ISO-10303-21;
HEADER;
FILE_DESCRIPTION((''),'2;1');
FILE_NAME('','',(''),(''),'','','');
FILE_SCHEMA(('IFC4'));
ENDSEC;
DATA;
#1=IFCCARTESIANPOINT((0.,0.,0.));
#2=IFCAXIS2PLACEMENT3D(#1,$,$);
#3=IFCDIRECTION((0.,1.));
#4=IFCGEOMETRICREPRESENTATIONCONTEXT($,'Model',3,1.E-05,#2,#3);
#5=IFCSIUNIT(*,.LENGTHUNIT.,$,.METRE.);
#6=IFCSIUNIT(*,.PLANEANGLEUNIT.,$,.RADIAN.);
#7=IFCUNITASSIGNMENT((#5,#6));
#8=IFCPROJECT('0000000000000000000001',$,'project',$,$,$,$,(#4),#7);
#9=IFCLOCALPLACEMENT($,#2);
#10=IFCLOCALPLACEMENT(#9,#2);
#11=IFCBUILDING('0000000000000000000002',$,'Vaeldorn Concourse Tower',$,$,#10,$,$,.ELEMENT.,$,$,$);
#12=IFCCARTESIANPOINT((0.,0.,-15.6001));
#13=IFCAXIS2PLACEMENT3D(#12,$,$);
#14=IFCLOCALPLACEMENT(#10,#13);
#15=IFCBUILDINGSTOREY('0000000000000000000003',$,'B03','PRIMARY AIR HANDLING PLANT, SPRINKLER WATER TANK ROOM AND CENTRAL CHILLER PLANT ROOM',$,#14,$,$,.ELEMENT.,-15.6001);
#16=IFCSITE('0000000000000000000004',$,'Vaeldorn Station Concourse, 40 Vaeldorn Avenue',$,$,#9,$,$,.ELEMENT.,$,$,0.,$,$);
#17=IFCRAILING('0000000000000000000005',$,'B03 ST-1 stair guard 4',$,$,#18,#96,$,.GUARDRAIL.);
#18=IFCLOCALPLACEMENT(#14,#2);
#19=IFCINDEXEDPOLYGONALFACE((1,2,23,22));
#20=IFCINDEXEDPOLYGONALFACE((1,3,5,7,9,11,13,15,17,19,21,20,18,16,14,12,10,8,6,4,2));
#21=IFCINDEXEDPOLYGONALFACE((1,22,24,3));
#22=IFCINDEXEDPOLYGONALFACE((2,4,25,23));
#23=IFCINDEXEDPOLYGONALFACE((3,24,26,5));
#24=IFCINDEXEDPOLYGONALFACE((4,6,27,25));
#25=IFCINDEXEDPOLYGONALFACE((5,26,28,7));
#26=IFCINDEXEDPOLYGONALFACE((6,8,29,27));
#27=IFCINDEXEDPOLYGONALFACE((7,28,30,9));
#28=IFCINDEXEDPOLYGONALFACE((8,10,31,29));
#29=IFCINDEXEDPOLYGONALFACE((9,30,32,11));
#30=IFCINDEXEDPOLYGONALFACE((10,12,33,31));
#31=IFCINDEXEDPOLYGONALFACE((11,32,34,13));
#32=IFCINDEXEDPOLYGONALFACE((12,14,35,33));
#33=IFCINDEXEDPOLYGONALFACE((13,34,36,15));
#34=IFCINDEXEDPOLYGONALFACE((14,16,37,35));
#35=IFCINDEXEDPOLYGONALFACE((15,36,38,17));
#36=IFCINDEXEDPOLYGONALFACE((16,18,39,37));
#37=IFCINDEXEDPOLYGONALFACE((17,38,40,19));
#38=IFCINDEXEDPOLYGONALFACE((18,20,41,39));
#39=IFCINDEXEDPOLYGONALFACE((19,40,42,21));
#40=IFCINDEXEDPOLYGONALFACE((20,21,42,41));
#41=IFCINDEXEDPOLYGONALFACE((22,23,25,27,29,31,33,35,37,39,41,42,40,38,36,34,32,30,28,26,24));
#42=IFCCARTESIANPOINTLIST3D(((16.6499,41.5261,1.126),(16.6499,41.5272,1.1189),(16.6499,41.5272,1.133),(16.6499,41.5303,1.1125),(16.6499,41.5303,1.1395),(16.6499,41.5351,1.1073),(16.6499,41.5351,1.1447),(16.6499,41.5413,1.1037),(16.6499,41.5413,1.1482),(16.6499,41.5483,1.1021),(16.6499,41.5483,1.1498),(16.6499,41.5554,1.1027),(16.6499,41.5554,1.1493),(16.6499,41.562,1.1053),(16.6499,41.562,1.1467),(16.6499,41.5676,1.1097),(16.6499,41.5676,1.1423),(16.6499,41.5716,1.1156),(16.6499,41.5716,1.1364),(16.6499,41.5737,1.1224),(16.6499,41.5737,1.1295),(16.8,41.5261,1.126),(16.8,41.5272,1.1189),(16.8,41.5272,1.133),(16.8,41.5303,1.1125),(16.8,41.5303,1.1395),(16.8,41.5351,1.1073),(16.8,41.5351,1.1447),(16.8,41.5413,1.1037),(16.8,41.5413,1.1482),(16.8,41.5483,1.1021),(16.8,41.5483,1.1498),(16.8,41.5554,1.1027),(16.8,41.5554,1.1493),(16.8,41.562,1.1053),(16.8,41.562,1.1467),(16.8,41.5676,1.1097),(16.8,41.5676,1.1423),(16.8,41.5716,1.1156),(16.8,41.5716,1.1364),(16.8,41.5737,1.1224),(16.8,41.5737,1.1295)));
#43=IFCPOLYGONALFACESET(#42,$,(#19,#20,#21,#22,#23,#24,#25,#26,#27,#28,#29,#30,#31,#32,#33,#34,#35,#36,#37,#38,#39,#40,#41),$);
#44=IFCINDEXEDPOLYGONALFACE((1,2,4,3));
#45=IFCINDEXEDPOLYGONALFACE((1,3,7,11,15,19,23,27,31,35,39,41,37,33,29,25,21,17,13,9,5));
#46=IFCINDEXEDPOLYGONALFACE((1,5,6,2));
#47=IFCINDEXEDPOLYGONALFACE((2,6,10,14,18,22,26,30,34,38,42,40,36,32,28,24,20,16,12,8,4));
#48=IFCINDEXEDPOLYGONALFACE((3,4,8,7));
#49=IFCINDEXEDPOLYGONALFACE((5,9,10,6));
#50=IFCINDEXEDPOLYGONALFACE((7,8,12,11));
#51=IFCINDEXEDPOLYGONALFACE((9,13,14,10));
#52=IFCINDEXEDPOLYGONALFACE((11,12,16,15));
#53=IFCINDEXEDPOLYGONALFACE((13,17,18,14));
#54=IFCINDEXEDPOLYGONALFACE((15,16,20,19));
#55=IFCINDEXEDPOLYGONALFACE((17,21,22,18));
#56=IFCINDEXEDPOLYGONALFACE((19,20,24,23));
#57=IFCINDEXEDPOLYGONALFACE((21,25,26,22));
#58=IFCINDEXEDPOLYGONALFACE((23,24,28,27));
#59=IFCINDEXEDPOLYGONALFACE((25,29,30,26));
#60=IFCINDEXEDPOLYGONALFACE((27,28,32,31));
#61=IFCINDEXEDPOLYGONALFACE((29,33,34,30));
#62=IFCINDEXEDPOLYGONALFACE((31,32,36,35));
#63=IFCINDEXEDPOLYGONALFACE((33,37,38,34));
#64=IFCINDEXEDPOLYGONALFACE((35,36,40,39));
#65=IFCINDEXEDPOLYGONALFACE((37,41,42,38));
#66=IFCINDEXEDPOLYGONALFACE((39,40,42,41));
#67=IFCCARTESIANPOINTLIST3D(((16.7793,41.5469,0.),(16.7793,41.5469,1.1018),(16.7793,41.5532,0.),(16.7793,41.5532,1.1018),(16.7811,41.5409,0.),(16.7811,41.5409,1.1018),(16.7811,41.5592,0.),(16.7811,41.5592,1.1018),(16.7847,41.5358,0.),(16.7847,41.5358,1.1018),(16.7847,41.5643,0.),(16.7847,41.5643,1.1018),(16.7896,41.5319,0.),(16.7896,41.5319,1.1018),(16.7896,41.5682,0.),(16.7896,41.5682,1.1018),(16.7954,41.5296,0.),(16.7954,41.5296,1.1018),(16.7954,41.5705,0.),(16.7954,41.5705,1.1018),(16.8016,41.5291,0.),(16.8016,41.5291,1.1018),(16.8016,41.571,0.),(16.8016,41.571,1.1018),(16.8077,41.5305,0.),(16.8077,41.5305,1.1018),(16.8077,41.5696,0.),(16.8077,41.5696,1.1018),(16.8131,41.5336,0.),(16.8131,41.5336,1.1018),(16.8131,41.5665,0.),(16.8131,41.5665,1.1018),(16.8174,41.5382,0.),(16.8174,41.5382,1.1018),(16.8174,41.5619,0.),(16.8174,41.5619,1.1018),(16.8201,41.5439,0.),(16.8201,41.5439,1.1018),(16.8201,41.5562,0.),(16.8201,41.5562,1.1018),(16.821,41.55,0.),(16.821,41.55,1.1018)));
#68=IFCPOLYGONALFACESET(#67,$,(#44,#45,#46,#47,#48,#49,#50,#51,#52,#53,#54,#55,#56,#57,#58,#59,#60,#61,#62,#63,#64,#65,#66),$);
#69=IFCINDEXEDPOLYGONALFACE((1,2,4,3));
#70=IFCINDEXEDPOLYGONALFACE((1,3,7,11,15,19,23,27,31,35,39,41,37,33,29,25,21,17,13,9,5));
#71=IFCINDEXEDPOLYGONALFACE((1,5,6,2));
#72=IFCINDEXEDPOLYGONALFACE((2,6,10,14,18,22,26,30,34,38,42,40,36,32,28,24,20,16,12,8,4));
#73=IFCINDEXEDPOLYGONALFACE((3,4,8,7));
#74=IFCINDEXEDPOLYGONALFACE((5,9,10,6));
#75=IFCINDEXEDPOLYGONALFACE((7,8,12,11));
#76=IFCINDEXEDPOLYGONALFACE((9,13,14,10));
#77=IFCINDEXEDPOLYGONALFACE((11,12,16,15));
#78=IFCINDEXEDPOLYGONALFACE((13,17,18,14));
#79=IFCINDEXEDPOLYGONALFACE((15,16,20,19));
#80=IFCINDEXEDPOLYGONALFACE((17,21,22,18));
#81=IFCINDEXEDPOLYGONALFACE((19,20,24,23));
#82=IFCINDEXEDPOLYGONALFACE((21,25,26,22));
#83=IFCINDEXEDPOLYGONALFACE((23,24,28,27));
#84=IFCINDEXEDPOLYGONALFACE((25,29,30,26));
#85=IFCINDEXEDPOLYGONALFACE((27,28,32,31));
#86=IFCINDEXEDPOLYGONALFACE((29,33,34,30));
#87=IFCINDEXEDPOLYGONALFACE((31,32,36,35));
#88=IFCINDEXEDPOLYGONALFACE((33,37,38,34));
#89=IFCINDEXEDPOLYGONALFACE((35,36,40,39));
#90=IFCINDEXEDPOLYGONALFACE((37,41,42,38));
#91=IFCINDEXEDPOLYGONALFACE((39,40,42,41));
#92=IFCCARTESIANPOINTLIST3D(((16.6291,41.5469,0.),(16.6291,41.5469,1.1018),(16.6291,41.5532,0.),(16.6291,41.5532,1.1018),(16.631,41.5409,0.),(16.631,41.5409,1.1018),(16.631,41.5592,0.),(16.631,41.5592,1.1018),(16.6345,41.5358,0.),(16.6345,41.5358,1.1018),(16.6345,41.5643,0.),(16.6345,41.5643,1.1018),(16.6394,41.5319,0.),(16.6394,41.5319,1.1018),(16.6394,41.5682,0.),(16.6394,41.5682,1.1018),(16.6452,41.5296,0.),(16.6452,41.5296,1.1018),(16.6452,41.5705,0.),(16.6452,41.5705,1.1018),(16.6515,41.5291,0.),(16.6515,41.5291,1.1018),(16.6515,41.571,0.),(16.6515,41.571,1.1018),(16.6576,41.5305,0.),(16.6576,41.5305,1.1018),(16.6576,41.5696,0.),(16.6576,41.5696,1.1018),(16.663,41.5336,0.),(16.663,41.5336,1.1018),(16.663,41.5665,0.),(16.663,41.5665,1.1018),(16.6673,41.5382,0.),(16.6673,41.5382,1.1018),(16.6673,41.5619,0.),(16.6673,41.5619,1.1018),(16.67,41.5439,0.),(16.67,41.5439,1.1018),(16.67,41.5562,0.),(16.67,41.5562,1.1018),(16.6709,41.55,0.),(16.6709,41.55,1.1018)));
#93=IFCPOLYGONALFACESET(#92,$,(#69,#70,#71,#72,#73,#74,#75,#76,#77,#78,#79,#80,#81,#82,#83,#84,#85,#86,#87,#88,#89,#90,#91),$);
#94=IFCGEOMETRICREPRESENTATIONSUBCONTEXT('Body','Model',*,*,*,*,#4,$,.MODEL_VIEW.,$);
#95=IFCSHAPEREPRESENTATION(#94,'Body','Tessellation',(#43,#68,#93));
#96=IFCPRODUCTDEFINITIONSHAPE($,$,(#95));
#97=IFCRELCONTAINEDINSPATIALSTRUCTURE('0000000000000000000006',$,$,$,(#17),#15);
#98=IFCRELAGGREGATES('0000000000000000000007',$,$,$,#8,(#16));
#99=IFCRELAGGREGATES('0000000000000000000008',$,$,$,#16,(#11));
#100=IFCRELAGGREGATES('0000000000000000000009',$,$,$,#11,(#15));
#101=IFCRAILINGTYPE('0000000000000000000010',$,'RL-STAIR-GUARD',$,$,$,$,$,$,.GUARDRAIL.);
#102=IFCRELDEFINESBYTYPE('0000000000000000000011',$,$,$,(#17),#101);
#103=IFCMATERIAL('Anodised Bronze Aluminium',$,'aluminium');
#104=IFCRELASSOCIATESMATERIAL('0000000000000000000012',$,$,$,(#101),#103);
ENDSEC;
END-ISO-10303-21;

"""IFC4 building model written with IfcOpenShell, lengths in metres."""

from ifc_helpers import new_model, si_unit, direction, frame, origin, origin_2d, place, context, subcontext, project, spatial, circle, extrude, material, type_object, element, save


model = new_model("IFC4")

# Units and contexts
model_context = context("Model", 3, precision=1e-05, world=origin(), true_north=direction((0.0, 1.0)))
body_context = subcontext(model_context, "Body", "Model", "MODEL_VIEW")
ifc_project = project(units=[si_unit("LENGTHUNIT", "METRE"), si_unit("PLANEANGLEUNIT", "RADIAN")], contexts=[model_context])

# Site, building, storey
site_placement = place(None, origin())
site = spatial("IfcSite", under=ifc_project, at=site_placement, Name="Vaeldorn Station Concourse, 40 Vaeldorn Avenue", CompositionType="ELEMENT", RefElevation=0.0)
building_placement = place(site_placement, origin())
building = spatial("IfcBuilding", under=site, at=building_placement, Name="Vaeldorn Concourse Tower", CompositionType="ELEMENT")
storey_placement = place(building_placement, frame((0.0, 0.0, -15.6001)))
storey = spatial("IfcBuildingStorey", under=building, at=storey_placement, Name="B03", Description="PRIMARY AIR HANDLING PLANT, SPRINKLER WATER TANK ROOM AND CENTRAL CHILLER PLANT ROOM", CompositionType="ELEMENT", Elevation=-15.6001)

# Shared definitions
ifc_material_1 = material(Name="Anodised Bronze Aluminium", Category="aluminium")

# Railing
railing_type_1 = type_object("IfcRailingType", Name="RL-STAIR-GUARD", PredefinedType="GUARDRAIL", material=ifc_material_1)
railing_1_placement = place(storey_placement, frame((16.8, 41.55, 0.0)))
element("IfcRailing", 1, at=railing_1_placement, inside=storey, type_object=railing_type_1, Name="B03 ST-1 stair guard 4", PredefinedType="GUARDRAIL", context=body_context, shape_type="SweptSolid", body=[
    extrude(circle(Radius=0.0239, at=origin_2d()), frame((0.0, 0.0, 1.126), z_axis=(-1.0, 0.0, 0.0), x_axis=(0.0, -1.0, 0.0)), (0.0, 0.0, 1.0), 0.1501),
    extrude(circle(Radius=0.021, at=origin_2d()), origin(), (0.0, 0.0, 1.0), 1.1018),
    extrude(circle(Radius=0.021, at=origin_2d()), frame((-0.1501, 0.0, 0.0)), (0.0, 0.0, 1.0), 1.1018),
])

save(model, "model.ifc")
